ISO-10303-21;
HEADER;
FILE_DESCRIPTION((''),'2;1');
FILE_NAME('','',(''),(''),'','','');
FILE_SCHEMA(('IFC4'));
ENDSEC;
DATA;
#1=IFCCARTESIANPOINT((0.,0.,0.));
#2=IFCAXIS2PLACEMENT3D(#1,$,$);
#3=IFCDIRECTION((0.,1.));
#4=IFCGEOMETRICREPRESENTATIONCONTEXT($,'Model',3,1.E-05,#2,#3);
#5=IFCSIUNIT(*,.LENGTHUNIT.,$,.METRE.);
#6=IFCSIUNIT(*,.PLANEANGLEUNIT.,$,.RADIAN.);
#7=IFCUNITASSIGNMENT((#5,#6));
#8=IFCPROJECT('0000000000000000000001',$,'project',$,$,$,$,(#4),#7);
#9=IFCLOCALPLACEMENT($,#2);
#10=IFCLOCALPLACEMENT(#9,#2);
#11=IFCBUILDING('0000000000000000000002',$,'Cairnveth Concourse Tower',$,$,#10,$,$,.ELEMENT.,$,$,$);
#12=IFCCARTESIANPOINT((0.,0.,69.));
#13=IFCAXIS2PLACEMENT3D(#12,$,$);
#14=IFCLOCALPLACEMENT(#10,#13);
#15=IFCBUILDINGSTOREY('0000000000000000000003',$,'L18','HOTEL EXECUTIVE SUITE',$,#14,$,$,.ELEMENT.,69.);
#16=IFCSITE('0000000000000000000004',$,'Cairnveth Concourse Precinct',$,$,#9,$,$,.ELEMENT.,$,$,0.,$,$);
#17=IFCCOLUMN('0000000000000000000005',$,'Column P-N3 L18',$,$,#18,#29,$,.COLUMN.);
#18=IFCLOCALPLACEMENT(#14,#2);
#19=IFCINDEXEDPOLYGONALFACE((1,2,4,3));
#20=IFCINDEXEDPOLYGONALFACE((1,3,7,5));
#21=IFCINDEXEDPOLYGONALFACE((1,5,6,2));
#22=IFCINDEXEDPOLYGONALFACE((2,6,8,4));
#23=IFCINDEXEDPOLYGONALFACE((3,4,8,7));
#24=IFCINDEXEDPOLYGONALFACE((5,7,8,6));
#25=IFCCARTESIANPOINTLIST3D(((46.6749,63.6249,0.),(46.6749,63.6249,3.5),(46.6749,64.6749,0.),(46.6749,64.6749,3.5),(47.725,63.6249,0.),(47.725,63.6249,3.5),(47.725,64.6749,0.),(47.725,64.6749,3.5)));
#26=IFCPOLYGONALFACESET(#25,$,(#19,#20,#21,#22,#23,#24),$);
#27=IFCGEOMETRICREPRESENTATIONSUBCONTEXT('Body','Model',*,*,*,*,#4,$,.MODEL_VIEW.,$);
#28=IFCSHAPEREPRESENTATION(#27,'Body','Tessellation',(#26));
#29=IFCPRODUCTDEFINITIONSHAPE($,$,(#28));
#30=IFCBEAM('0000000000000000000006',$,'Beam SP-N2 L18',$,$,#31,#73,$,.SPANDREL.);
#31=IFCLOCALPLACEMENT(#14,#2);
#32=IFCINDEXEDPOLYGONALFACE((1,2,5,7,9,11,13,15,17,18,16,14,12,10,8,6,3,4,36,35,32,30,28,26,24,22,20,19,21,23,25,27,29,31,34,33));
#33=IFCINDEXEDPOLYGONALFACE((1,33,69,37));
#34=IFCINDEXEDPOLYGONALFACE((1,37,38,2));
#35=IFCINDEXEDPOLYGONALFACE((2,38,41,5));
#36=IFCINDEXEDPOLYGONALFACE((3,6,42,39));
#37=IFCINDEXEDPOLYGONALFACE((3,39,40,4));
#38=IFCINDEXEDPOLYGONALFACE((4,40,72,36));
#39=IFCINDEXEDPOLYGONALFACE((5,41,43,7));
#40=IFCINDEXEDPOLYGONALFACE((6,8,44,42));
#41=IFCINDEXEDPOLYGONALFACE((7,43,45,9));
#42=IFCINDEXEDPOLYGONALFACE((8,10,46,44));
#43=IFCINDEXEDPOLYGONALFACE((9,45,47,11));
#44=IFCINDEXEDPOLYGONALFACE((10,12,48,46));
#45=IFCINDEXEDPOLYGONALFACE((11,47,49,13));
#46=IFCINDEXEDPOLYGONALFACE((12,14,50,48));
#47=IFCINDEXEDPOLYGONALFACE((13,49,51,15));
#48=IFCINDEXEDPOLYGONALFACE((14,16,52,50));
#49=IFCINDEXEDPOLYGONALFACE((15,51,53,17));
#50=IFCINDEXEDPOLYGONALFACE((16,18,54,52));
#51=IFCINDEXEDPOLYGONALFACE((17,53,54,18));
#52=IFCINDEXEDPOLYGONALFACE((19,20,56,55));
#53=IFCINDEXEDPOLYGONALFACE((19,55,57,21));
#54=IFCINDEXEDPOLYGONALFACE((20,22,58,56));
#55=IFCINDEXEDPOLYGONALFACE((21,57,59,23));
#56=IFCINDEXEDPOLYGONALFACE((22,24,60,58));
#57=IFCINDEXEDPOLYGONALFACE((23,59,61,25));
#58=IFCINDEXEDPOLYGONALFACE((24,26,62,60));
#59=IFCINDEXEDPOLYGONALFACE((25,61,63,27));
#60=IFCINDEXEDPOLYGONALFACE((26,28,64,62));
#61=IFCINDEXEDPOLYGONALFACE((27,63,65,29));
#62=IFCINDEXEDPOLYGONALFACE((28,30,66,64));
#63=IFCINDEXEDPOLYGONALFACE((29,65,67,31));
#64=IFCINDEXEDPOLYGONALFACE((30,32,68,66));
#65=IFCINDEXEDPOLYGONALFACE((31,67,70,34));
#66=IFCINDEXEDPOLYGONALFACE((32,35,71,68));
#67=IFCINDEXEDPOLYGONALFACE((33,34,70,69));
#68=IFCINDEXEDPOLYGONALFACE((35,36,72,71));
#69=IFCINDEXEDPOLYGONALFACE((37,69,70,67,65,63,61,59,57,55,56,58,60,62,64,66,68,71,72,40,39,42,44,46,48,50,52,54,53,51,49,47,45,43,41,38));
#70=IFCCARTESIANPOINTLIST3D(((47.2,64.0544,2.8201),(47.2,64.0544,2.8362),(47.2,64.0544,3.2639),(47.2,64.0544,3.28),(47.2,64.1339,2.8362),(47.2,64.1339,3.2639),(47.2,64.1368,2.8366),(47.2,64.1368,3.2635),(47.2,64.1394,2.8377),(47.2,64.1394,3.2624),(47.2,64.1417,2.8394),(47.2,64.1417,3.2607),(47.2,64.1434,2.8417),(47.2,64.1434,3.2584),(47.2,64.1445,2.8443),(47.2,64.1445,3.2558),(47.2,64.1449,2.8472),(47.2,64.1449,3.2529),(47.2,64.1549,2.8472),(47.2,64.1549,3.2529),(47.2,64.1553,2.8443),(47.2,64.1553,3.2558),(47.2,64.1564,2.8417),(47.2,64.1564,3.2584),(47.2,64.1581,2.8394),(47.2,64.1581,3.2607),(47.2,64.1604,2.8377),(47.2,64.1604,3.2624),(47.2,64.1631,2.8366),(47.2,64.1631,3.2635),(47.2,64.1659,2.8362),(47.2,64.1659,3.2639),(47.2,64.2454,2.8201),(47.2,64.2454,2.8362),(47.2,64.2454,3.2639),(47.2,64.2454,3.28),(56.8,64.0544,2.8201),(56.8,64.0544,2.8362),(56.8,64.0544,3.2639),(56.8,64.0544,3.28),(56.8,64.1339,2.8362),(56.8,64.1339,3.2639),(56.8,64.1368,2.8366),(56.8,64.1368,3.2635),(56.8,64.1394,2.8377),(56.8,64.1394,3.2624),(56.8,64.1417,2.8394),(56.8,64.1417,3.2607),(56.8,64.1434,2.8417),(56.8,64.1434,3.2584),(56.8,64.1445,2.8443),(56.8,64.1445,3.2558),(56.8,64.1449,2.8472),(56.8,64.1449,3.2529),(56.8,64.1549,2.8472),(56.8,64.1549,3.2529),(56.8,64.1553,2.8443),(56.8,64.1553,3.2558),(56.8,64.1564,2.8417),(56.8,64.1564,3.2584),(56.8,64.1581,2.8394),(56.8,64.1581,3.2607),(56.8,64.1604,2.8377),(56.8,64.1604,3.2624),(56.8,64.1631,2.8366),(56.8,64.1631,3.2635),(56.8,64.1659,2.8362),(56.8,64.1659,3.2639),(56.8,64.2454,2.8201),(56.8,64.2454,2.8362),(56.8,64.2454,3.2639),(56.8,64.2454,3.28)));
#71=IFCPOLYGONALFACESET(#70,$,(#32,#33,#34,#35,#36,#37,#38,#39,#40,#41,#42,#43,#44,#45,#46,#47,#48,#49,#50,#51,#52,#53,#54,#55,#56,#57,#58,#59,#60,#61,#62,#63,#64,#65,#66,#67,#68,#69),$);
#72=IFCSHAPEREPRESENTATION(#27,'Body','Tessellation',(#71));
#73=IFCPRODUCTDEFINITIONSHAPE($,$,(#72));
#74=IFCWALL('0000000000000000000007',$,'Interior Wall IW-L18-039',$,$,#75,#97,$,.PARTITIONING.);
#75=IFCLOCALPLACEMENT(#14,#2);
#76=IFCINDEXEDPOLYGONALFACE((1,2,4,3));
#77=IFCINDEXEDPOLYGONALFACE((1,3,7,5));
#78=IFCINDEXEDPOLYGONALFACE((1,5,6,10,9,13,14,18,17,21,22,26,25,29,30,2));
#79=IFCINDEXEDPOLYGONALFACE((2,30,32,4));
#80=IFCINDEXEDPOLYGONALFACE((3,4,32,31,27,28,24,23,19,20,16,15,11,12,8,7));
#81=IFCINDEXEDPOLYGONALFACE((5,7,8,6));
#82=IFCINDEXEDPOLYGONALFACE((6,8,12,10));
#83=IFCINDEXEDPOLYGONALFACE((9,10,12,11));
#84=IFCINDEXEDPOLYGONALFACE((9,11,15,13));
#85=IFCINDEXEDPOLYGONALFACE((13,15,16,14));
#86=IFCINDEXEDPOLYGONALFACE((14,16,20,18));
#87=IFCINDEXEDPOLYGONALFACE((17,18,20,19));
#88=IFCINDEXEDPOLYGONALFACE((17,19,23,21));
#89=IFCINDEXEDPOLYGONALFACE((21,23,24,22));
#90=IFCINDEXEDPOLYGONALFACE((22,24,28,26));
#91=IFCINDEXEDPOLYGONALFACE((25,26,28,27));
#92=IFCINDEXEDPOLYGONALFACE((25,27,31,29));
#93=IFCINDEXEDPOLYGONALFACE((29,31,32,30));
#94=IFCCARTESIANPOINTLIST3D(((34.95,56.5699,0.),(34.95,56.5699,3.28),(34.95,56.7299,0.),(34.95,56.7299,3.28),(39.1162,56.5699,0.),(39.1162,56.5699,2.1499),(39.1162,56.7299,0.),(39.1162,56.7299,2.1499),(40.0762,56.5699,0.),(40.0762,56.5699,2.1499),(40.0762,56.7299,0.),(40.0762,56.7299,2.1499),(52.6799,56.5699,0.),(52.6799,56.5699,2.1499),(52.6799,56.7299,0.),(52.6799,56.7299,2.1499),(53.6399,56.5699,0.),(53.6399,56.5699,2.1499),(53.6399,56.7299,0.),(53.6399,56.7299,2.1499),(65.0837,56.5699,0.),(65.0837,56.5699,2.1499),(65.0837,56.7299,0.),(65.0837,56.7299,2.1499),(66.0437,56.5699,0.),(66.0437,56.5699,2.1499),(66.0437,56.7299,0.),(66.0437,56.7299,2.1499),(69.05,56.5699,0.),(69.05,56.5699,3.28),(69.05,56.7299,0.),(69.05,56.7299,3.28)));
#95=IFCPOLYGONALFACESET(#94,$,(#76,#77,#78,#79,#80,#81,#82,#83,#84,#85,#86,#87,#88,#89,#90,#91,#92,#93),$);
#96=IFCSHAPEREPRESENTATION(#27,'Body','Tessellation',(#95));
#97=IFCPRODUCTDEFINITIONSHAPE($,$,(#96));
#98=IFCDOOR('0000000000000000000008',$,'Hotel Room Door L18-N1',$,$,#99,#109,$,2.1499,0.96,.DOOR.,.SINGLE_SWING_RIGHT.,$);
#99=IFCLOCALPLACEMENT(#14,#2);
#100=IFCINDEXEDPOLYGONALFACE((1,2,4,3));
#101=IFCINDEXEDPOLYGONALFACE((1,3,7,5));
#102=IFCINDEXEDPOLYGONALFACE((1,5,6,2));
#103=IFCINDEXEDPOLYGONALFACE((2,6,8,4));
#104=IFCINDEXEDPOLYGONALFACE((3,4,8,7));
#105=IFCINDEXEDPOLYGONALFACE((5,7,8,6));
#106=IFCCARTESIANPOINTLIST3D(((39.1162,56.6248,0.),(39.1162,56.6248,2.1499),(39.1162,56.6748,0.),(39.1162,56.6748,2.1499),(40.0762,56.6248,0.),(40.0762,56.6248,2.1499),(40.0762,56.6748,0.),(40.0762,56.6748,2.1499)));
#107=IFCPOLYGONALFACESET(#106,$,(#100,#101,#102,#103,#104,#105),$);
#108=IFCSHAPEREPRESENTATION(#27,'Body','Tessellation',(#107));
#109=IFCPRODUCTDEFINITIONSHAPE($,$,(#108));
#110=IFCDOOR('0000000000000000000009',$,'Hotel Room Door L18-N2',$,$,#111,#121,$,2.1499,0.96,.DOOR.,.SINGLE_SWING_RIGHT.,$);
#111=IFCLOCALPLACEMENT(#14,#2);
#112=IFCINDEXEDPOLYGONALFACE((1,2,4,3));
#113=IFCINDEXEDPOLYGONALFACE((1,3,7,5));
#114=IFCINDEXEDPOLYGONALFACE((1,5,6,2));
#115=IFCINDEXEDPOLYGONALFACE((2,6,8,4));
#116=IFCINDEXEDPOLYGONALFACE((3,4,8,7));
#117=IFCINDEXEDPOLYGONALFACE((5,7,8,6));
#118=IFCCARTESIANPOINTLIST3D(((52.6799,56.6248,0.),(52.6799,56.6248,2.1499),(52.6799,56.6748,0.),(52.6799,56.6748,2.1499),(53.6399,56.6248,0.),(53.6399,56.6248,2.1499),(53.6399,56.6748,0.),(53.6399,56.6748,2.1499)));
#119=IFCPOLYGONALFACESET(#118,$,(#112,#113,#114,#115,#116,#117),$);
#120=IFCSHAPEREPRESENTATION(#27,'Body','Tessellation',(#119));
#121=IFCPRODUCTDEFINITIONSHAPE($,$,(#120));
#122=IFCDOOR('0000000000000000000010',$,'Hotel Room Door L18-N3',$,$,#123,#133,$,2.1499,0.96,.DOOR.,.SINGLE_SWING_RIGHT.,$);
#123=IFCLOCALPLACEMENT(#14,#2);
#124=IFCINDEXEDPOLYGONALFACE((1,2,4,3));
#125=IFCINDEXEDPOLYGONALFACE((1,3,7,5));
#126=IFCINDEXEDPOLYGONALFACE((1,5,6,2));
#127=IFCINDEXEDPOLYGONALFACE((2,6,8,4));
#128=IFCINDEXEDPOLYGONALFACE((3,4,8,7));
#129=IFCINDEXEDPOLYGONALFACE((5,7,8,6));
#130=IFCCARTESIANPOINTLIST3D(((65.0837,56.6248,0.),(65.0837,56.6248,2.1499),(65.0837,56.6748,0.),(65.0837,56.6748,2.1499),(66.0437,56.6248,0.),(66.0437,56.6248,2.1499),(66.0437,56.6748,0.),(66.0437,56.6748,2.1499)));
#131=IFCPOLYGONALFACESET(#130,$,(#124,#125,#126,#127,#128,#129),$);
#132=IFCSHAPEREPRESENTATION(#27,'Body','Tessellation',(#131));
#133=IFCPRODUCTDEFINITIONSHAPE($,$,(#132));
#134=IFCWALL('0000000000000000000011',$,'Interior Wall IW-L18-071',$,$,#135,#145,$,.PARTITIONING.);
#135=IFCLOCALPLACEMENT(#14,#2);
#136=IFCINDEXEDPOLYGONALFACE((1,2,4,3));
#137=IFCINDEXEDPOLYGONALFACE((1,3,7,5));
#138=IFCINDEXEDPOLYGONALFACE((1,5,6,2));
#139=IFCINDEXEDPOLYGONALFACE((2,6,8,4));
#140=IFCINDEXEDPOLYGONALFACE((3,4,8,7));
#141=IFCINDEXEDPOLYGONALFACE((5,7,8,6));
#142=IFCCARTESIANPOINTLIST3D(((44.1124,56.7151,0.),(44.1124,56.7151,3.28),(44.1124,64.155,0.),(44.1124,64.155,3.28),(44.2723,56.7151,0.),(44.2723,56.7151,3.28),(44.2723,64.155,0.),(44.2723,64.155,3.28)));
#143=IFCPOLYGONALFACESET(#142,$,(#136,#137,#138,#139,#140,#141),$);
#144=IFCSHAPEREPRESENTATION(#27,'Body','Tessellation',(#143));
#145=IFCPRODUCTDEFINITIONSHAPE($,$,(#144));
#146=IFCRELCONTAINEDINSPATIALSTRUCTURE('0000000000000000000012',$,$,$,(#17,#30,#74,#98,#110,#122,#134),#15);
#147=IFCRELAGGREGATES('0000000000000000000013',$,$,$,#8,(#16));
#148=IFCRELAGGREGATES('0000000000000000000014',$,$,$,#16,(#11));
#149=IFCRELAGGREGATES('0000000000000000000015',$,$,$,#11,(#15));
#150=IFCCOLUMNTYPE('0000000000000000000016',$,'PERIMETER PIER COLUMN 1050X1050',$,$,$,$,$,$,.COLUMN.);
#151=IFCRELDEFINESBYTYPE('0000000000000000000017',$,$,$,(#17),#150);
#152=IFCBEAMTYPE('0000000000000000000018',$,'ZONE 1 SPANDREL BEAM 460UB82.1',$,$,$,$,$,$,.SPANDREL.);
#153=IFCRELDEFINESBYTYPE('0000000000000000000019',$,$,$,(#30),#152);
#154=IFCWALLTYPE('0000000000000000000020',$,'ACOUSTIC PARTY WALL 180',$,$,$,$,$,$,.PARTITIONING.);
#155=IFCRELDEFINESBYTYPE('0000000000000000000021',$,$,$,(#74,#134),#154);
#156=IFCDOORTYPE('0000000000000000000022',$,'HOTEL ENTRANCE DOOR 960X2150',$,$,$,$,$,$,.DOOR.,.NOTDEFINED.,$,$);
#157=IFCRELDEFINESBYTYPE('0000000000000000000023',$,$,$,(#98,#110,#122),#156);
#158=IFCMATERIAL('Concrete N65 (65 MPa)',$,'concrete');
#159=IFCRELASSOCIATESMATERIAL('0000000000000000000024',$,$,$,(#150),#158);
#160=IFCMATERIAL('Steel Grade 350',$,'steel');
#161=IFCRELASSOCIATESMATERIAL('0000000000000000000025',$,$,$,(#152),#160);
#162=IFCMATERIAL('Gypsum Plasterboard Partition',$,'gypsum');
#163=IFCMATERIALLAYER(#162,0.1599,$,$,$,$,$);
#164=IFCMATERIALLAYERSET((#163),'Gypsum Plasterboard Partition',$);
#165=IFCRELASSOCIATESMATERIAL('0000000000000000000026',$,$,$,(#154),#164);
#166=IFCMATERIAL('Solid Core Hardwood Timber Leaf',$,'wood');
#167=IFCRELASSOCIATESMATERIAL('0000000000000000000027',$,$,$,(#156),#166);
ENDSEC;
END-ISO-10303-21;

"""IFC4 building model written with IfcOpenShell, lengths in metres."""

from ifc_helpers import new_model, si_unit, direction, frame, frame_2d, origin, origin_2d, place, context, subcontext, project, spatial, rectangle, i_section, extrude, material, layer, layer_set, material_profile, profile_set, type_object, element, fill, save


model = new_model("IFC4")

# Units and contexts
model_context = context("Model", 3, precision=1e-05, world=origin(), true_north=direction((0.0, 1.0)))
body_context = subcontext(model_context, "Body", "Model", "MODEL_VIEW")
ifc_project = project(units=[si_unit("LENGTHUNIT", "METRE"), si_unit("PLANEANGLEUNIT", "RADIAN")], contexts=[model_context])

# Site, building, storey
site_placement = place(None, origin())
site = spatial("IfcSite", under=ifc_project, at=site_placement, Name="Cairnveth Concourse Precinct", CompositionType="ELEMENT", RefElevation=0.0)
building_placement = place(site_placement, origin())
building = spatial("IfcBuilding", under=site, at=building_placement, Name="Cairnveth Concourse Tower", CompositionType="ELEMENT")
storey_placement = place(building_placement, frame((0.0, 0.0, 69.0)))
storey = spatial("IfcBuildingStorey", under=building, at=storey_placement, Name="L18", Description="HOTEL EXECUTIVE SUITE", CompositionType="ELEMENT", Elevation=69.0)

# Column
ifc_material_1 = material(Name="Concrete N65 (65 MPa)", Category="concrete")
ifc_material_profile_1 = material_profile(ifc_material_1, rectangle(XDim=1.05, YDim=1.05, at=origin_2d()), Name="RC-COL-1050x1050")
ifc_profile_set_1 = profile_set([ifc_material_profile_1], Name="Concrete N65 (65 MPa)")
column_type = type_object("IfcColumnType", Name="PERIMETER PIER COLUMN 1050X1050", PredefinedType="COLUMN", material=ifc_profile_set_1)
column_placement = place(storey_placement, frame((47.2, 64.1499, 0.0), z_axis=(0.0, 0.0, 1.0), x_axis=(1.0, 0.0, 0.0)))
element("IfcColumn", 1, at=column_placement, inside=storey, type_object=column_type, Name="Column P-N3 L18", PredefinedType="COLUMN", context=body_context, shape_type="SweptSolid", body=[
    extrude(rectangle(XDim=1.05, YDim=1.05, at=origin_2d()), origin(), (0.0, 0.0, 1.0), 3.5),
])

# Beam
ifc_material_2 = material(Name="Steel Grade 350", Category="steel")
ifc_material_profile_2 = material_profile(ifc_material_2, i_section(OverallWidth=0.1909, OverallDepth=0.46, WebThickness=0.01, FlangeThickness=0.0161, FilletRadius=0.011, at=origin_2d()), Name="460UB82.1")
ifc_profile_set_2 = profile_set([ifc_material_profile_2], Name="Steel Grade 350")
beam_type = type_object("IfcBeamType", Name="ZONE 1 SPANDREL BEAM 460UB82.1", PredefinedType="SPANDREL", material=ifc_profile_set_2)
beam_placement = place(storey_placement, frame((47.2, 64.1499, 3.05), z_axis=(1.0, 0.0, 0.0), x_axis=(0.0, 1.0, 0.0)))
element("IfcBeam", 2, at=beam_placement, inside=storey, type_object=beam_type, Name="Beam SP-N2 L18", PredefinedType="SPANDREL", context=body_context, shape_type="SweptSolid", body=[
    extrude(i_section(OverallWidth=0.1909, OverallDepth=0.46, WebThickness=0.01, FlangeThickness=0.0161, FilletRadius=0.011, at=origin_2d()), origin(), (0.0, 0.0, 1.0), 9.6001),
])

# Wall, openings, doors
ifc_material_3 = material(Name="Gypsum Plasterboard Partition", Category="gypsum")
ifc_layer_1 = layer(ifc_material_3, 0.1599)
ifc_layer_set_1 = layer_set([ifc_layer_1], Name="Gypsum Plasterboard Partition")
wall_type_1 = type_object("IfcWallType", Name="ACOUSTIC PARTY WALL 180", PredefinedType="PARTITIONING", material=ifc_layer_set_1)
wall_1_placement = place(storey_placement, frame((34.95, 56.6499, 0.0), z_axis=(0.0, 0.0, 1.0), x_axis=(1.0, 0.0, 0.0)))
wall_1 = element("IfcWall", 3, at=wall_1_placement, inside=storey, type_object=wall_type_1, Name="Interior Wall IW-L18-039", PredefinedType="PARTITIONING", context=body_context, shape_type="SweptSolid", body=[
    extrude(rectangle(XDim=34.1001, YDim=0.1599, at=frame_2d((17.05, 0.0))), origin(), (0.0, 0.0, 1.0), 3.28),
])
opening_1_placement = place(wall_1_placement, frame((4.1663, 0.0, 0.0)))
opening_1 = element("IfcOpeningElement", 4, at=opening_1_placement, cuts=wall_1, PredefinedType="OPENING", context=body_context, shape_type="SweptSolid", body=[
    extrude(rectangle(XDim=0.96, YDim=2.1499, at=frame_2d((0.48, 1.075))), frame((0.0, 0.0898, 0.0), z_axis=(0.0, -1.0, 0.0), x_axis=(1.0, 0.0, 0.0)), (0.0, 0.0, 1.0), 0.1799),
])
opening_2_placement = place(wall_1_placement, frame((17.73, 0.0, 0.0)))
opening_2 = element("IfcOpeningElement", 5, at=opening_2_placement, cuts=wall_1, PredefinedType="OPENING", context=body_context, shape_type="SweptSolid", body=[
    extrude(rectangle(XDim=0.96, YDim=2.1499, at=frame_2d((0.48, 1.075))), frame((0.0, 0.0898, 0.0), z_axis=(0.0, -1.0, 0.0), x_axis=(1.0, 0.0, 0.0)), (0.0, 0.0, 1.0), 0.1799),
])
opening_3_placement = place(wall_1_placement, frame((30.1338, 0.0, 0.0)))
opening_3 = element("IfcOpeningElement", 6, at=opening_3_placement, cuts=wall_1, PredefinedType="OPENING", context=body_context, shape_type="SweptSolid", body=[
    extrude(rectangle(XDim=0.96, YDim=2.1499, at=frame_2d((0.48, 1.075))), frame((0.0, 0.0898, 0.0), z_axis=(0.0, -1.0, 0.0), x_axis=(1.0, 0.0, 0.0)), (0.0, 0.0, 1.0), 0.1799),
])
ifc_material_4 = material(Name="Solid Core Hardwood Timber Leaf", Category="wood")
door_type_1 = type_object("IfcDoorType", Name="HOTEL ENTRANCE DOOR 960X2150", OperationType="NOTDEFINED", PredefinedType="DOOR", material=ifc_material_4)
door_1_placement = place(opening_1_placement, origin())
door_1 = element("IfcDoor", 7, at=door_1_placement, inside=storey, type_object=door_type_1, Name="Hotel Room Door L18-N1", OperationType="SINGLE_SWING_RIGHT", OverallHeight=2.1499, OverallWidth=0.96, PredefinedType="DOOR", context=body_context, shape_type="SweptSolid", body=[
    extrude(rectangle(XDim=0.96, YDim=2.1499, at=frame_2d((0.48, 1.075))), frame((0.0, 0.0249, 0.0), z_axis=(0.0, -1.0, 0.0), x_axis=(1.0, 0.0, 0.0)), (0.0, 0.0, 1.0), 0.05),
])
fill(opening_1, door_1)
door_2_placement = place(opening_2_placement, origin())
door_2 = element("IfcDoor", 8, at=door_2_placement, inside=storey, type_object=door_type_1, Name="Hotel Room Door L18-N2", OperationType="SINGLE_SWING_RIGHT", OverallHeight=2.1499, OverallWidth=0.96, PredefinedType="DOOR", context=body_context, shape_type="SweptSolid", body=[
    extrude(rectangle(XDim=0.96, YDim=2.1499, at=frame_2d((0.48, 1.075))), frame((0.0, 0.0249, 0.0), z_axis=(0.0, -1.0, 0.0), x_axis=(1.0, 0.0, 0.0)), (0.0, 0.0, 1.0), 0.05),
])
fill(opening_2, door_2)
door_3_placement = place(opening_3_placement, origin())
door_3 = element("IfcDoor", 9, at=door_3_placement, inside=storey, type_object=door_type_1, Name="Hotel Room Door L18-N3", OperationType="SINGLE_SWING_RIGHT", OverallHeight=2.1499, OverallWidth=0.96, PredefinedType="DOOR", context=body_context, shape_type="SweptSolid", body=[
    extrude(rectangle(XDim=0.96, YDim=2.1499, at=frame_2d((0.48, 1.075))), frame((0.0, 0.0249, 0.0), z_axis=(0.0, -1.0, 0.0), x_axis=(1.0, 0.0, 0.0)), (0.0, 0.0, 1.0), 0.05),
])
fill(opening_3, door_3)

# Wall
wall_2_placement = place(storey_placement, frame((44.1924, 56.7151, 0.0), z_axis=(0.0, 0.0, 1.0), x_axis=(0.0, 1.0, 0.0)))
element("IfcWall", 10, at=wall_2_placement, inside=storey, type_object=wall_type_1, Name="Interior Wall IW-L18-071", PredefinedType="PARTITIONING", context=body_context, shape_type="SweptSolid", body=[
    extrude(rectangle(XDim=7.4399, YDim=0.1599, at=frame_2d((3.72, 0.0))), origin(), (0.0, 0.0, 1.0), 3.28),
])

save(model, "model.ifc")
